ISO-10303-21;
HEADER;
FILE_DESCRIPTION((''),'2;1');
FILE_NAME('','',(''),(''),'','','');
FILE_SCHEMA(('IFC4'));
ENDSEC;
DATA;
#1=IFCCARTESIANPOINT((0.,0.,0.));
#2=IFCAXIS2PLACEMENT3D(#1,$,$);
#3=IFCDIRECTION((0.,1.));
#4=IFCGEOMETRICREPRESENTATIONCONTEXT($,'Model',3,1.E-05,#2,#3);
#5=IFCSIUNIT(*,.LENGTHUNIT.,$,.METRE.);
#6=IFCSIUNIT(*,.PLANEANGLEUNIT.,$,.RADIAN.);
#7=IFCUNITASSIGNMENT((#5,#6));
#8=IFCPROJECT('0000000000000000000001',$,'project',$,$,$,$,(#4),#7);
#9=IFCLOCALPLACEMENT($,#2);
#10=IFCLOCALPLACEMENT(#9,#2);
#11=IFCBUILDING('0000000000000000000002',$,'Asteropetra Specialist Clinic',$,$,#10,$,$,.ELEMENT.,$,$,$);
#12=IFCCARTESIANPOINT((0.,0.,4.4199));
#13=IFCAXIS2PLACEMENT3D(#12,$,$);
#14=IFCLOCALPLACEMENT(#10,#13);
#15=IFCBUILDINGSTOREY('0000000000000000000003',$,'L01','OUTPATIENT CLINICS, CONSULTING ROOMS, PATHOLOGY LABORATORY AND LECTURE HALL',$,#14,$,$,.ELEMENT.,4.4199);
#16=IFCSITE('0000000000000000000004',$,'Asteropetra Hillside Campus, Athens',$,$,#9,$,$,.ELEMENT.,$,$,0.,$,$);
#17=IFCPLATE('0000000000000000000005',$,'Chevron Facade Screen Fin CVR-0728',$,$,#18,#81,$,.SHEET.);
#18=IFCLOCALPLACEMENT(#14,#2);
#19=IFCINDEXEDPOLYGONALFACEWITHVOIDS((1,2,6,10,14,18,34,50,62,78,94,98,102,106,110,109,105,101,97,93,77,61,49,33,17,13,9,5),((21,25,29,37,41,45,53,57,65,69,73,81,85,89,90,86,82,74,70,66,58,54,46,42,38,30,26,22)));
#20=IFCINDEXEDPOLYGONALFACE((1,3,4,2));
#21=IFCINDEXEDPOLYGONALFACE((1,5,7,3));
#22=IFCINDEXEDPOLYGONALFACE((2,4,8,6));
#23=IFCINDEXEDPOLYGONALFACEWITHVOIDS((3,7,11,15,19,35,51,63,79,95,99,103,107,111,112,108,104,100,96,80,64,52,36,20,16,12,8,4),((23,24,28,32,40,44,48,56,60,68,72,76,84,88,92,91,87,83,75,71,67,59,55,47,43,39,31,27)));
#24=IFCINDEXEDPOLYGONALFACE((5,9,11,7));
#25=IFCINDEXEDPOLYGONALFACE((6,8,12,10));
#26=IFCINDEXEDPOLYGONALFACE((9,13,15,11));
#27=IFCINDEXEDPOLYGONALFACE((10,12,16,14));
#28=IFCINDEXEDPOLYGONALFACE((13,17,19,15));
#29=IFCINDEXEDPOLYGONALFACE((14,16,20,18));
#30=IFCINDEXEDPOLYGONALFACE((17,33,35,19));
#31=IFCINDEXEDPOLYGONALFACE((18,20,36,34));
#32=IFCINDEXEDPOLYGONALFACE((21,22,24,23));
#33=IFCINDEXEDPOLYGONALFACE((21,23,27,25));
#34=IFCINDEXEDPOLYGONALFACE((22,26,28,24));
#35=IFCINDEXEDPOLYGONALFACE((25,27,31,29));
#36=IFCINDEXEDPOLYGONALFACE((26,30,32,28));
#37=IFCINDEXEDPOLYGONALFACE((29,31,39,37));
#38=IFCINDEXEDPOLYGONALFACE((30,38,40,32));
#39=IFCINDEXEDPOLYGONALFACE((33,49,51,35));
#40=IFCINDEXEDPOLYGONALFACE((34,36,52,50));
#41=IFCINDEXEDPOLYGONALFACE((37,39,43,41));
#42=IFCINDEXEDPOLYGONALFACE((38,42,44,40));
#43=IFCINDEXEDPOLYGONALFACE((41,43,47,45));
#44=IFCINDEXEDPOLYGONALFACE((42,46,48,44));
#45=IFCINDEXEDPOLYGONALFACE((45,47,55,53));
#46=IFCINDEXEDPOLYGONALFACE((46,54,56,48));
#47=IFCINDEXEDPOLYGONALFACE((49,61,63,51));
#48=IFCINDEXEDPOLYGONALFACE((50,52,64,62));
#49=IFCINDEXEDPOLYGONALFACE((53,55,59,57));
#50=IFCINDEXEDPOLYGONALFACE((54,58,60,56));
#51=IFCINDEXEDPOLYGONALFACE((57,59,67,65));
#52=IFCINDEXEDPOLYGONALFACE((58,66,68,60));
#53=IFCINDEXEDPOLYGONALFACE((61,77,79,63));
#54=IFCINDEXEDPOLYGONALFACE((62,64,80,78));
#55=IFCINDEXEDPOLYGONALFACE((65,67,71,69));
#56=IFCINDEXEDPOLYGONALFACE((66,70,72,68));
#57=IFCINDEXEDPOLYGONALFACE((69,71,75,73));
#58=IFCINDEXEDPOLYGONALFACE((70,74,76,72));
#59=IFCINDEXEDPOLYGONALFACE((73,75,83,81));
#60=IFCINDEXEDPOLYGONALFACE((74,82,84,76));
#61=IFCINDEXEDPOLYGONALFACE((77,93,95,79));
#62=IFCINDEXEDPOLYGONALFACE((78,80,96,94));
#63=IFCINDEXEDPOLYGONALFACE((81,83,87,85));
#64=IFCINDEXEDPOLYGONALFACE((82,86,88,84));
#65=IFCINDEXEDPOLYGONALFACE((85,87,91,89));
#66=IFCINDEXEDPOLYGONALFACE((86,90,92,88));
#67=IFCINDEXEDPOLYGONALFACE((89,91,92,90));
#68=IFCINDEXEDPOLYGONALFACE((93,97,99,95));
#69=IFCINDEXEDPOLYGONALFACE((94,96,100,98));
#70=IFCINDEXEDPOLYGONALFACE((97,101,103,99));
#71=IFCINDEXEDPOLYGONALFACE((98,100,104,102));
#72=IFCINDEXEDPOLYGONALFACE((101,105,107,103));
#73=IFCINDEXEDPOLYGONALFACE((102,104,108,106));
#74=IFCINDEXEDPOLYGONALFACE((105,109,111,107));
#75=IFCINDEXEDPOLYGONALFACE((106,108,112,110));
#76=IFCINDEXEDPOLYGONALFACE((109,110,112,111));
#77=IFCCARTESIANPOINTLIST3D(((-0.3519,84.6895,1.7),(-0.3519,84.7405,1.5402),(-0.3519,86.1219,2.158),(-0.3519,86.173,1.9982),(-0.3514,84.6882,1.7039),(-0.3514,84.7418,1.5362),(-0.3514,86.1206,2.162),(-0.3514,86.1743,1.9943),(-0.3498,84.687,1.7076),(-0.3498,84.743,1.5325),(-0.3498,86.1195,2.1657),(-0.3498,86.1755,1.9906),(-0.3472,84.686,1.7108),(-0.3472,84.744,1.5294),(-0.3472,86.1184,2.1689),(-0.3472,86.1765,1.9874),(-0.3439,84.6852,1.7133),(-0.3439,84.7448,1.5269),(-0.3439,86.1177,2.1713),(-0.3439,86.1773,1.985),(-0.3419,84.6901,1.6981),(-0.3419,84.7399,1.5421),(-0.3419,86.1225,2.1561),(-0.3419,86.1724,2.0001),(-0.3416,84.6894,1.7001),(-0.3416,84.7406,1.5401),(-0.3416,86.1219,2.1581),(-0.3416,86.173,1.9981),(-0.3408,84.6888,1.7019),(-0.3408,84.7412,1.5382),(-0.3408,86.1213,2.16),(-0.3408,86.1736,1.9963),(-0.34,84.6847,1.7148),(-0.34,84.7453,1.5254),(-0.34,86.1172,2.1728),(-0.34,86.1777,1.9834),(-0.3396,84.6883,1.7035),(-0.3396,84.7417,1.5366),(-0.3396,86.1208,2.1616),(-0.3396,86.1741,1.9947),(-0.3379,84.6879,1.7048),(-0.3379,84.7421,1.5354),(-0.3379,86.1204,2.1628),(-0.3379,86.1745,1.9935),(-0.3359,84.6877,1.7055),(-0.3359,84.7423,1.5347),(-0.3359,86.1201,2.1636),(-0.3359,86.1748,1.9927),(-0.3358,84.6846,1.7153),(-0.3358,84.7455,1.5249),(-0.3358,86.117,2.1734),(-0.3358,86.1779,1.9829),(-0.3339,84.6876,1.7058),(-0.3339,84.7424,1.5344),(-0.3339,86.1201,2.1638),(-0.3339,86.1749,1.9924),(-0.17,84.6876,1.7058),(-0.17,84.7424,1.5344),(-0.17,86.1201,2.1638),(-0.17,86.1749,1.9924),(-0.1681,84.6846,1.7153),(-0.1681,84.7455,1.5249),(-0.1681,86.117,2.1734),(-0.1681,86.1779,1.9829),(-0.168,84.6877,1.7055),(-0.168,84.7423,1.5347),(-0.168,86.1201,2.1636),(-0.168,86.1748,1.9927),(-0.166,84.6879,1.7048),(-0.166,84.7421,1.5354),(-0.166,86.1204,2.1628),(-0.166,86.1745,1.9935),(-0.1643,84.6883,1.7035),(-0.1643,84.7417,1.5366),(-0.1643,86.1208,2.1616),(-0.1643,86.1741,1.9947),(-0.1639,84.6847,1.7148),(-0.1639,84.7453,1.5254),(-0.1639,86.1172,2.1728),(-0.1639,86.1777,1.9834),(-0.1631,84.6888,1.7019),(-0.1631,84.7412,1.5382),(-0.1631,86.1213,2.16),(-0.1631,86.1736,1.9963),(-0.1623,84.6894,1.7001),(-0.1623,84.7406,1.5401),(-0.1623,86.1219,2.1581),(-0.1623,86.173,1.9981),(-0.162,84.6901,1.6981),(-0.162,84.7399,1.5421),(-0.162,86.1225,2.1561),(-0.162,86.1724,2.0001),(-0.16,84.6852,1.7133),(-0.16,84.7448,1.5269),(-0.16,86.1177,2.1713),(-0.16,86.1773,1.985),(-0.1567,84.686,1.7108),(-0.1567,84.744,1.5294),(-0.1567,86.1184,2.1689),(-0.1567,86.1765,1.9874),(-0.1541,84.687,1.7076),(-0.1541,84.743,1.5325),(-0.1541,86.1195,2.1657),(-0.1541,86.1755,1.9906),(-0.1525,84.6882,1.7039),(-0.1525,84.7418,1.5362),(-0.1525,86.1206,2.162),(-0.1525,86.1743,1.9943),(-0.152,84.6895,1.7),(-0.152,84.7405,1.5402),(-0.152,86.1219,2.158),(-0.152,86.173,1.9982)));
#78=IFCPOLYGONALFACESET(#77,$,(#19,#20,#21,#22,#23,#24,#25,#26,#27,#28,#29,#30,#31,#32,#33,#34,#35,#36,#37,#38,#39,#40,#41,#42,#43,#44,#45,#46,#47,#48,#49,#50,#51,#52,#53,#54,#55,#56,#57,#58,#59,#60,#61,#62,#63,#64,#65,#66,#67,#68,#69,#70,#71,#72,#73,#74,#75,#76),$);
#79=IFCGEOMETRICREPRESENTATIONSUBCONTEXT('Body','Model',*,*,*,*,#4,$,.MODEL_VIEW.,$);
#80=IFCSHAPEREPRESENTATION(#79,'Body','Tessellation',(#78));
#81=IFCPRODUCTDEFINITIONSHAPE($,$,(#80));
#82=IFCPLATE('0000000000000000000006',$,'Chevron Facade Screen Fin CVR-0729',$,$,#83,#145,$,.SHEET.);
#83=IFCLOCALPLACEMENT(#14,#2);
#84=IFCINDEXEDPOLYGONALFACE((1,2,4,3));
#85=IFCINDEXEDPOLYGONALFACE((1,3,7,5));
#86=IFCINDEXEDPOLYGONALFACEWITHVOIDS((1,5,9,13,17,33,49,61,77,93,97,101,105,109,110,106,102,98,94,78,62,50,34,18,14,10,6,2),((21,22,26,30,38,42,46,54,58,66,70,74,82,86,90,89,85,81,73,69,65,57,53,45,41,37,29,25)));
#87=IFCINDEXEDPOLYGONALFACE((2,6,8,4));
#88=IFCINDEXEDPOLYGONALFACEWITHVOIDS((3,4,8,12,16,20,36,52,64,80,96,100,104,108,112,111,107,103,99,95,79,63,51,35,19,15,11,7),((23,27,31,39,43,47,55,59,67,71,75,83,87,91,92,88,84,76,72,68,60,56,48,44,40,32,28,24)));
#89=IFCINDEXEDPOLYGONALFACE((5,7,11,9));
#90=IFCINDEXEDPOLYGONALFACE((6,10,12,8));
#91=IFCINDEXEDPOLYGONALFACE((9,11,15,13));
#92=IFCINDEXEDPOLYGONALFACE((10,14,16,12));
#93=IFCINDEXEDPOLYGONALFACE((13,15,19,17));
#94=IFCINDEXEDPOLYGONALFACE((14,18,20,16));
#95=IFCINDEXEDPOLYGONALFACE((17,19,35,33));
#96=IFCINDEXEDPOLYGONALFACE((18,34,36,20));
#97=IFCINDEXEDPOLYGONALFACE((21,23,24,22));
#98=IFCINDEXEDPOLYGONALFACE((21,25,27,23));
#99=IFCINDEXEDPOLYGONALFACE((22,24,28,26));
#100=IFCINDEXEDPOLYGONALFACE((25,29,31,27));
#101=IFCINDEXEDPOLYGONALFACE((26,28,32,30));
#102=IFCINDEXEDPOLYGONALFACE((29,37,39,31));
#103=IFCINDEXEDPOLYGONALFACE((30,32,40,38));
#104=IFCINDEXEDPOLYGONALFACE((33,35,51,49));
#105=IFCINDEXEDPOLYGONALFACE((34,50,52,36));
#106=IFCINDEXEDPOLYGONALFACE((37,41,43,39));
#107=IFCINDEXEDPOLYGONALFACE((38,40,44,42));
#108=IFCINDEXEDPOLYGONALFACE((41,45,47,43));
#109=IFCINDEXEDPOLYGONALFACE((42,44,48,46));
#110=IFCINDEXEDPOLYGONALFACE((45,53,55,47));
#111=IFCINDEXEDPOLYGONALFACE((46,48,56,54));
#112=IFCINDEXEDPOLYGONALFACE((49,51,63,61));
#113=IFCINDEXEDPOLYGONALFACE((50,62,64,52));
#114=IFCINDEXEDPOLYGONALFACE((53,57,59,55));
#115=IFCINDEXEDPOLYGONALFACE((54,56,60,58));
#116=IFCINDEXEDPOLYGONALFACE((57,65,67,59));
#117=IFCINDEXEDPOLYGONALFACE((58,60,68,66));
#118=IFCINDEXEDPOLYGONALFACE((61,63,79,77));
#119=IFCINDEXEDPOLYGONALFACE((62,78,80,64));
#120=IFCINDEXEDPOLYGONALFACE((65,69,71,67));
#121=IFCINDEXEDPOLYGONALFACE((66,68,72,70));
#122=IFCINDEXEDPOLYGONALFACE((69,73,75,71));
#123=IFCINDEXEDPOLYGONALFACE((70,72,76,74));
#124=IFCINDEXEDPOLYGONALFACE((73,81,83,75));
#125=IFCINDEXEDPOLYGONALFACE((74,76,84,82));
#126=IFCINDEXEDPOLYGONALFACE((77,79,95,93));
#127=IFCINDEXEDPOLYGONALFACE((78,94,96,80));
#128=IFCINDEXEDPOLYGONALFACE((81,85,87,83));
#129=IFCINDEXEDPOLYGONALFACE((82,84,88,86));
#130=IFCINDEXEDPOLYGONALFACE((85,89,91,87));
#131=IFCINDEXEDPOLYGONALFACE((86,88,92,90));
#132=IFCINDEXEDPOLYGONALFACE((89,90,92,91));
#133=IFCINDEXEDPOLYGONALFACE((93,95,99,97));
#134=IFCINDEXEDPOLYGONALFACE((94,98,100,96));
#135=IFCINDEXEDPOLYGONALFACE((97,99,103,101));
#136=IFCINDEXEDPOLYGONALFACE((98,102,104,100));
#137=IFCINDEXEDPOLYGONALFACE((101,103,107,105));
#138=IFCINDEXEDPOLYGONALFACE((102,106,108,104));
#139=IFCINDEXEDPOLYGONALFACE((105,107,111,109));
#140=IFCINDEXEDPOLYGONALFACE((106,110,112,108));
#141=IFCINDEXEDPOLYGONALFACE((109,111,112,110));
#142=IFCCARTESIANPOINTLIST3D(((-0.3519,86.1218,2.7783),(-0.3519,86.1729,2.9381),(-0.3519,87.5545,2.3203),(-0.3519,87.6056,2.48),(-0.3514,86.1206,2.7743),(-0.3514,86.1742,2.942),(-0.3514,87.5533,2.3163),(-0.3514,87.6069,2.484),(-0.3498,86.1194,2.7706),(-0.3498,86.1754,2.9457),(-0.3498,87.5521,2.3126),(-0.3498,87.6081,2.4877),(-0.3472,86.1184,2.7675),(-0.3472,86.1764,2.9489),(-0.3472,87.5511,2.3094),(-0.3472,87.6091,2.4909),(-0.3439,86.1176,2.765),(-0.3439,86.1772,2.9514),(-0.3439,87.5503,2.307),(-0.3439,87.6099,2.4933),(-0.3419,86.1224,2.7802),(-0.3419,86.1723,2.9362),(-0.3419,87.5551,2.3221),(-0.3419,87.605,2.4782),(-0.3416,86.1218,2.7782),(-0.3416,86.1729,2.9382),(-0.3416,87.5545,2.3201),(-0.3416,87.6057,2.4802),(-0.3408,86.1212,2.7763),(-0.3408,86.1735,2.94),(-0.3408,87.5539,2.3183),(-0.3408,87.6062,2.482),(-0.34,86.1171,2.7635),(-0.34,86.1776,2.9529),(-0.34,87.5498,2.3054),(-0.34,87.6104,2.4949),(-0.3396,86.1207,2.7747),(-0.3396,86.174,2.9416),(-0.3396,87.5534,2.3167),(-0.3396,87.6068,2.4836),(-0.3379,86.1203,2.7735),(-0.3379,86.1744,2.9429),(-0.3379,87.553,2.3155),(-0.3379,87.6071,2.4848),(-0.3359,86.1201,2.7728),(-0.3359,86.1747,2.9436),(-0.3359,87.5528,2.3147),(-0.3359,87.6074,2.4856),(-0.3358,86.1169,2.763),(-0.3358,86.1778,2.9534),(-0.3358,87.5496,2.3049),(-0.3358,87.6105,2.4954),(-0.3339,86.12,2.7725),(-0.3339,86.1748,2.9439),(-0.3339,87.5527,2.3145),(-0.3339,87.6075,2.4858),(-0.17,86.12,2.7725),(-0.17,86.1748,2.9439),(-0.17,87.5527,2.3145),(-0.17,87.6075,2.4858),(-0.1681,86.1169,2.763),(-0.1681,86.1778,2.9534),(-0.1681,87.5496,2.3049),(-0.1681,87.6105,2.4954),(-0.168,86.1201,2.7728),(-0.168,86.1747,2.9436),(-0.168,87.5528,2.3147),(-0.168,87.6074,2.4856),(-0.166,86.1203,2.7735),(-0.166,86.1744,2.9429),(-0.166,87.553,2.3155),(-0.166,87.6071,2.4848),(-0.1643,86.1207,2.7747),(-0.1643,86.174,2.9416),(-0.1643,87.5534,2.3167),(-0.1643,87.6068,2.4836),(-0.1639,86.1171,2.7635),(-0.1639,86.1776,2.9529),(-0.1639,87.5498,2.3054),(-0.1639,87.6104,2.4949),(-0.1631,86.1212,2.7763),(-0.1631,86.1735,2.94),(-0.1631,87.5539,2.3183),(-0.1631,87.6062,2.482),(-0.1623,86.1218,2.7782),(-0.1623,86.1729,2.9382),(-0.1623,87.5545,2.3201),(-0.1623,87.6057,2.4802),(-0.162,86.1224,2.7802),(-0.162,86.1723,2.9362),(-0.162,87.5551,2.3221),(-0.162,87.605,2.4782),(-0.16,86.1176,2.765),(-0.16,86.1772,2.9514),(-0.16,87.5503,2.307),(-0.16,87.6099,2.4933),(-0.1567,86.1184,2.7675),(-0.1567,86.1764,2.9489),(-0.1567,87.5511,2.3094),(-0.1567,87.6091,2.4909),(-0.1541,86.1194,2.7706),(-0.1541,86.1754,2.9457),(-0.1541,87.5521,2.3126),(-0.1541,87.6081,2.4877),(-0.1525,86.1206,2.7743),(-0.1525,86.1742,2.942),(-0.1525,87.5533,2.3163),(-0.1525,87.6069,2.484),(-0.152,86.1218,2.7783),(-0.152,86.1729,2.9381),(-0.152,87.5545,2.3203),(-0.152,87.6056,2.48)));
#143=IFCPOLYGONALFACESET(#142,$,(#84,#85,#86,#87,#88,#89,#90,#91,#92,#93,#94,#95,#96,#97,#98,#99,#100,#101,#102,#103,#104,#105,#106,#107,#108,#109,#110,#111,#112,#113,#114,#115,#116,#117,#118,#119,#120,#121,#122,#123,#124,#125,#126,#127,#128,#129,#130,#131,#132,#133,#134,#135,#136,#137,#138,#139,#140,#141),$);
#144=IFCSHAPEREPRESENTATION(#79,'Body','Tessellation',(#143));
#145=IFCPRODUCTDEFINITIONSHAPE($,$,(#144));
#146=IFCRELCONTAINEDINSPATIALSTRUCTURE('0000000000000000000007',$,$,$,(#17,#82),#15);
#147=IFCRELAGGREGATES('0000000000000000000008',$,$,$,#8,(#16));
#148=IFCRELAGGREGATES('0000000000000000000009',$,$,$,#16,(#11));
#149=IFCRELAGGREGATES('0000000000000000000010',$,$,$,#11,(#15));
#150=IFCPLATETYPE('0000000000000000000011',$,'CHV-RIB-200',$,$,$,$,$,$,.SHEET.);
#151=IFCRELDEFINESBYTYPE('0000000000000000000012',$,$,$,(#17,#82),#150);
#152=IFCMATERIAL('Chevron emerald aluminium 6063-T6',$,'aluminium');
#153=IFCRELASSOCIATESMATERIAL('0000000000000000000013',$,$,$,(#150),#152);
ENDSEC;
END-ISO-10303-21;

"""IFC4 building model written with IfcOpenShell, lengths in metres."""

from ifc_helpers import new_model, si_unit, direction, frame, origin, origin_2d, place, context, subcontext, project, spatial, hollow_rectangle, extrude, material, material_profile, profile_set, type_object, element, save


model = new_model("IFC4")

# Units and contexts
model_context = context("Model", 3, precision=1e-05, world=origin(), true_north=direction((0.0, 1.0)))
body_context = subcontext(model_context, "Body", "Model", "MODEL_VIEW")
ifc_project = project(units=[si_unit("LENGTHUNIT", "METRE"), si_unit("PLANEANGLEUNIT", "RADIAN")], contexts=[model_context])

# Site, building, storey
site_placement = place(None, origin())
site = spatial("IfcSite", under=ifc_project, at=site_placement, Name="Asteropetra Hillside Campus, Athens", CompositionType="ELEMENT", RefElevation=0.0)
building_placement = place(site_placement, origin())
building = spatial("IfcBuilding", under=site, at=building_placement, Name="Asteropetra Specialist Clinic", CompositionType="ELEMENT")
storey_placement = place(building_placement, frame((0.0, 0.0, 4.4199)))
storey = spatial("IfcBuildingStorey", under=building, at=storey_placement, Name="L01", Description="OUTPATIENT CLINICS, CONSULTING ROOMS, PATHOLOGY LABORATORY AND LECTURE HALL", CompositionType="ELEMENT", Elevation=4.4199)

# Plates
ifc_material_1 = material(Name="Chevron emerald aluminium 6063-T6", Category="aluminium")
ifc_material_profile = material_profile(ifc_material_1, hollow_rectangle(XDim=0.2, YDim=0.2, WallThickness=0.01, InnerFilletRadius=0.0081, OuterFilletRadius=0.0161, at=origin_2d()), Name="SHS 200x200x10.0")
ifc_profile_set = profile_set([ifc_material_profile], Name="Chevron emerald aluminium 6063-T6")
plate_type_1 = type_object("IfcPlateType", Name="CHV-RIB-200", PredefinedType="SHEET", material=ifc_profile_set)
plate_1_placement = place(storey_placement, frame((-0.252, 86.1475, 2.0781), z_axis=(0.0, -0.952492, -0.304564), x_axis=(1.0, 0.0, 0.0)))
element("IfcPlate", 1, at=plate_1_placement, inside=storey, type_object=plate_type_1, Name="Chevron Facade Screen Fin CVR-0728", PredefinedType="SHEET", context=body_context, shape_type="SweptSolid", body=[
    extrude(hollow_rectangle(XDim=0.2, YDim=0.2, WallThickness=0.01, InnerFilletRadius=0.0081, OuterFilletRadius=0.0161, at=origin_2d()), origin(), (0.0, 0.0, 1.0), 1.5039),
])
plate_2_placement = place(storey_placement, frame((-0.252, 87.5801, 2.4001), z_axis=(0.0, -0.952507, 0.304517), x_axis=(1.0, 0.0, 0.0)))
element("IfcPlate", 2, at=plate_2_placement, inside=storey, type_object=plate_type_1, Name="Chevron Facade Screen Fin CVR-0729", PredefinedType="SHEET", context=body_context, shape_type="SweptSolid", body=[
    extrude(hollow_rectangle(XDim=0.2, YDim=0.2, WallThickness=0.01, InnerFilletRadius=0.0081, OuterFilletRadius=0.0161, at=origin_2d()), origin(), (0.0, 0.0, 1.0), 1.5042),
])

save(model, "model.ifc")
